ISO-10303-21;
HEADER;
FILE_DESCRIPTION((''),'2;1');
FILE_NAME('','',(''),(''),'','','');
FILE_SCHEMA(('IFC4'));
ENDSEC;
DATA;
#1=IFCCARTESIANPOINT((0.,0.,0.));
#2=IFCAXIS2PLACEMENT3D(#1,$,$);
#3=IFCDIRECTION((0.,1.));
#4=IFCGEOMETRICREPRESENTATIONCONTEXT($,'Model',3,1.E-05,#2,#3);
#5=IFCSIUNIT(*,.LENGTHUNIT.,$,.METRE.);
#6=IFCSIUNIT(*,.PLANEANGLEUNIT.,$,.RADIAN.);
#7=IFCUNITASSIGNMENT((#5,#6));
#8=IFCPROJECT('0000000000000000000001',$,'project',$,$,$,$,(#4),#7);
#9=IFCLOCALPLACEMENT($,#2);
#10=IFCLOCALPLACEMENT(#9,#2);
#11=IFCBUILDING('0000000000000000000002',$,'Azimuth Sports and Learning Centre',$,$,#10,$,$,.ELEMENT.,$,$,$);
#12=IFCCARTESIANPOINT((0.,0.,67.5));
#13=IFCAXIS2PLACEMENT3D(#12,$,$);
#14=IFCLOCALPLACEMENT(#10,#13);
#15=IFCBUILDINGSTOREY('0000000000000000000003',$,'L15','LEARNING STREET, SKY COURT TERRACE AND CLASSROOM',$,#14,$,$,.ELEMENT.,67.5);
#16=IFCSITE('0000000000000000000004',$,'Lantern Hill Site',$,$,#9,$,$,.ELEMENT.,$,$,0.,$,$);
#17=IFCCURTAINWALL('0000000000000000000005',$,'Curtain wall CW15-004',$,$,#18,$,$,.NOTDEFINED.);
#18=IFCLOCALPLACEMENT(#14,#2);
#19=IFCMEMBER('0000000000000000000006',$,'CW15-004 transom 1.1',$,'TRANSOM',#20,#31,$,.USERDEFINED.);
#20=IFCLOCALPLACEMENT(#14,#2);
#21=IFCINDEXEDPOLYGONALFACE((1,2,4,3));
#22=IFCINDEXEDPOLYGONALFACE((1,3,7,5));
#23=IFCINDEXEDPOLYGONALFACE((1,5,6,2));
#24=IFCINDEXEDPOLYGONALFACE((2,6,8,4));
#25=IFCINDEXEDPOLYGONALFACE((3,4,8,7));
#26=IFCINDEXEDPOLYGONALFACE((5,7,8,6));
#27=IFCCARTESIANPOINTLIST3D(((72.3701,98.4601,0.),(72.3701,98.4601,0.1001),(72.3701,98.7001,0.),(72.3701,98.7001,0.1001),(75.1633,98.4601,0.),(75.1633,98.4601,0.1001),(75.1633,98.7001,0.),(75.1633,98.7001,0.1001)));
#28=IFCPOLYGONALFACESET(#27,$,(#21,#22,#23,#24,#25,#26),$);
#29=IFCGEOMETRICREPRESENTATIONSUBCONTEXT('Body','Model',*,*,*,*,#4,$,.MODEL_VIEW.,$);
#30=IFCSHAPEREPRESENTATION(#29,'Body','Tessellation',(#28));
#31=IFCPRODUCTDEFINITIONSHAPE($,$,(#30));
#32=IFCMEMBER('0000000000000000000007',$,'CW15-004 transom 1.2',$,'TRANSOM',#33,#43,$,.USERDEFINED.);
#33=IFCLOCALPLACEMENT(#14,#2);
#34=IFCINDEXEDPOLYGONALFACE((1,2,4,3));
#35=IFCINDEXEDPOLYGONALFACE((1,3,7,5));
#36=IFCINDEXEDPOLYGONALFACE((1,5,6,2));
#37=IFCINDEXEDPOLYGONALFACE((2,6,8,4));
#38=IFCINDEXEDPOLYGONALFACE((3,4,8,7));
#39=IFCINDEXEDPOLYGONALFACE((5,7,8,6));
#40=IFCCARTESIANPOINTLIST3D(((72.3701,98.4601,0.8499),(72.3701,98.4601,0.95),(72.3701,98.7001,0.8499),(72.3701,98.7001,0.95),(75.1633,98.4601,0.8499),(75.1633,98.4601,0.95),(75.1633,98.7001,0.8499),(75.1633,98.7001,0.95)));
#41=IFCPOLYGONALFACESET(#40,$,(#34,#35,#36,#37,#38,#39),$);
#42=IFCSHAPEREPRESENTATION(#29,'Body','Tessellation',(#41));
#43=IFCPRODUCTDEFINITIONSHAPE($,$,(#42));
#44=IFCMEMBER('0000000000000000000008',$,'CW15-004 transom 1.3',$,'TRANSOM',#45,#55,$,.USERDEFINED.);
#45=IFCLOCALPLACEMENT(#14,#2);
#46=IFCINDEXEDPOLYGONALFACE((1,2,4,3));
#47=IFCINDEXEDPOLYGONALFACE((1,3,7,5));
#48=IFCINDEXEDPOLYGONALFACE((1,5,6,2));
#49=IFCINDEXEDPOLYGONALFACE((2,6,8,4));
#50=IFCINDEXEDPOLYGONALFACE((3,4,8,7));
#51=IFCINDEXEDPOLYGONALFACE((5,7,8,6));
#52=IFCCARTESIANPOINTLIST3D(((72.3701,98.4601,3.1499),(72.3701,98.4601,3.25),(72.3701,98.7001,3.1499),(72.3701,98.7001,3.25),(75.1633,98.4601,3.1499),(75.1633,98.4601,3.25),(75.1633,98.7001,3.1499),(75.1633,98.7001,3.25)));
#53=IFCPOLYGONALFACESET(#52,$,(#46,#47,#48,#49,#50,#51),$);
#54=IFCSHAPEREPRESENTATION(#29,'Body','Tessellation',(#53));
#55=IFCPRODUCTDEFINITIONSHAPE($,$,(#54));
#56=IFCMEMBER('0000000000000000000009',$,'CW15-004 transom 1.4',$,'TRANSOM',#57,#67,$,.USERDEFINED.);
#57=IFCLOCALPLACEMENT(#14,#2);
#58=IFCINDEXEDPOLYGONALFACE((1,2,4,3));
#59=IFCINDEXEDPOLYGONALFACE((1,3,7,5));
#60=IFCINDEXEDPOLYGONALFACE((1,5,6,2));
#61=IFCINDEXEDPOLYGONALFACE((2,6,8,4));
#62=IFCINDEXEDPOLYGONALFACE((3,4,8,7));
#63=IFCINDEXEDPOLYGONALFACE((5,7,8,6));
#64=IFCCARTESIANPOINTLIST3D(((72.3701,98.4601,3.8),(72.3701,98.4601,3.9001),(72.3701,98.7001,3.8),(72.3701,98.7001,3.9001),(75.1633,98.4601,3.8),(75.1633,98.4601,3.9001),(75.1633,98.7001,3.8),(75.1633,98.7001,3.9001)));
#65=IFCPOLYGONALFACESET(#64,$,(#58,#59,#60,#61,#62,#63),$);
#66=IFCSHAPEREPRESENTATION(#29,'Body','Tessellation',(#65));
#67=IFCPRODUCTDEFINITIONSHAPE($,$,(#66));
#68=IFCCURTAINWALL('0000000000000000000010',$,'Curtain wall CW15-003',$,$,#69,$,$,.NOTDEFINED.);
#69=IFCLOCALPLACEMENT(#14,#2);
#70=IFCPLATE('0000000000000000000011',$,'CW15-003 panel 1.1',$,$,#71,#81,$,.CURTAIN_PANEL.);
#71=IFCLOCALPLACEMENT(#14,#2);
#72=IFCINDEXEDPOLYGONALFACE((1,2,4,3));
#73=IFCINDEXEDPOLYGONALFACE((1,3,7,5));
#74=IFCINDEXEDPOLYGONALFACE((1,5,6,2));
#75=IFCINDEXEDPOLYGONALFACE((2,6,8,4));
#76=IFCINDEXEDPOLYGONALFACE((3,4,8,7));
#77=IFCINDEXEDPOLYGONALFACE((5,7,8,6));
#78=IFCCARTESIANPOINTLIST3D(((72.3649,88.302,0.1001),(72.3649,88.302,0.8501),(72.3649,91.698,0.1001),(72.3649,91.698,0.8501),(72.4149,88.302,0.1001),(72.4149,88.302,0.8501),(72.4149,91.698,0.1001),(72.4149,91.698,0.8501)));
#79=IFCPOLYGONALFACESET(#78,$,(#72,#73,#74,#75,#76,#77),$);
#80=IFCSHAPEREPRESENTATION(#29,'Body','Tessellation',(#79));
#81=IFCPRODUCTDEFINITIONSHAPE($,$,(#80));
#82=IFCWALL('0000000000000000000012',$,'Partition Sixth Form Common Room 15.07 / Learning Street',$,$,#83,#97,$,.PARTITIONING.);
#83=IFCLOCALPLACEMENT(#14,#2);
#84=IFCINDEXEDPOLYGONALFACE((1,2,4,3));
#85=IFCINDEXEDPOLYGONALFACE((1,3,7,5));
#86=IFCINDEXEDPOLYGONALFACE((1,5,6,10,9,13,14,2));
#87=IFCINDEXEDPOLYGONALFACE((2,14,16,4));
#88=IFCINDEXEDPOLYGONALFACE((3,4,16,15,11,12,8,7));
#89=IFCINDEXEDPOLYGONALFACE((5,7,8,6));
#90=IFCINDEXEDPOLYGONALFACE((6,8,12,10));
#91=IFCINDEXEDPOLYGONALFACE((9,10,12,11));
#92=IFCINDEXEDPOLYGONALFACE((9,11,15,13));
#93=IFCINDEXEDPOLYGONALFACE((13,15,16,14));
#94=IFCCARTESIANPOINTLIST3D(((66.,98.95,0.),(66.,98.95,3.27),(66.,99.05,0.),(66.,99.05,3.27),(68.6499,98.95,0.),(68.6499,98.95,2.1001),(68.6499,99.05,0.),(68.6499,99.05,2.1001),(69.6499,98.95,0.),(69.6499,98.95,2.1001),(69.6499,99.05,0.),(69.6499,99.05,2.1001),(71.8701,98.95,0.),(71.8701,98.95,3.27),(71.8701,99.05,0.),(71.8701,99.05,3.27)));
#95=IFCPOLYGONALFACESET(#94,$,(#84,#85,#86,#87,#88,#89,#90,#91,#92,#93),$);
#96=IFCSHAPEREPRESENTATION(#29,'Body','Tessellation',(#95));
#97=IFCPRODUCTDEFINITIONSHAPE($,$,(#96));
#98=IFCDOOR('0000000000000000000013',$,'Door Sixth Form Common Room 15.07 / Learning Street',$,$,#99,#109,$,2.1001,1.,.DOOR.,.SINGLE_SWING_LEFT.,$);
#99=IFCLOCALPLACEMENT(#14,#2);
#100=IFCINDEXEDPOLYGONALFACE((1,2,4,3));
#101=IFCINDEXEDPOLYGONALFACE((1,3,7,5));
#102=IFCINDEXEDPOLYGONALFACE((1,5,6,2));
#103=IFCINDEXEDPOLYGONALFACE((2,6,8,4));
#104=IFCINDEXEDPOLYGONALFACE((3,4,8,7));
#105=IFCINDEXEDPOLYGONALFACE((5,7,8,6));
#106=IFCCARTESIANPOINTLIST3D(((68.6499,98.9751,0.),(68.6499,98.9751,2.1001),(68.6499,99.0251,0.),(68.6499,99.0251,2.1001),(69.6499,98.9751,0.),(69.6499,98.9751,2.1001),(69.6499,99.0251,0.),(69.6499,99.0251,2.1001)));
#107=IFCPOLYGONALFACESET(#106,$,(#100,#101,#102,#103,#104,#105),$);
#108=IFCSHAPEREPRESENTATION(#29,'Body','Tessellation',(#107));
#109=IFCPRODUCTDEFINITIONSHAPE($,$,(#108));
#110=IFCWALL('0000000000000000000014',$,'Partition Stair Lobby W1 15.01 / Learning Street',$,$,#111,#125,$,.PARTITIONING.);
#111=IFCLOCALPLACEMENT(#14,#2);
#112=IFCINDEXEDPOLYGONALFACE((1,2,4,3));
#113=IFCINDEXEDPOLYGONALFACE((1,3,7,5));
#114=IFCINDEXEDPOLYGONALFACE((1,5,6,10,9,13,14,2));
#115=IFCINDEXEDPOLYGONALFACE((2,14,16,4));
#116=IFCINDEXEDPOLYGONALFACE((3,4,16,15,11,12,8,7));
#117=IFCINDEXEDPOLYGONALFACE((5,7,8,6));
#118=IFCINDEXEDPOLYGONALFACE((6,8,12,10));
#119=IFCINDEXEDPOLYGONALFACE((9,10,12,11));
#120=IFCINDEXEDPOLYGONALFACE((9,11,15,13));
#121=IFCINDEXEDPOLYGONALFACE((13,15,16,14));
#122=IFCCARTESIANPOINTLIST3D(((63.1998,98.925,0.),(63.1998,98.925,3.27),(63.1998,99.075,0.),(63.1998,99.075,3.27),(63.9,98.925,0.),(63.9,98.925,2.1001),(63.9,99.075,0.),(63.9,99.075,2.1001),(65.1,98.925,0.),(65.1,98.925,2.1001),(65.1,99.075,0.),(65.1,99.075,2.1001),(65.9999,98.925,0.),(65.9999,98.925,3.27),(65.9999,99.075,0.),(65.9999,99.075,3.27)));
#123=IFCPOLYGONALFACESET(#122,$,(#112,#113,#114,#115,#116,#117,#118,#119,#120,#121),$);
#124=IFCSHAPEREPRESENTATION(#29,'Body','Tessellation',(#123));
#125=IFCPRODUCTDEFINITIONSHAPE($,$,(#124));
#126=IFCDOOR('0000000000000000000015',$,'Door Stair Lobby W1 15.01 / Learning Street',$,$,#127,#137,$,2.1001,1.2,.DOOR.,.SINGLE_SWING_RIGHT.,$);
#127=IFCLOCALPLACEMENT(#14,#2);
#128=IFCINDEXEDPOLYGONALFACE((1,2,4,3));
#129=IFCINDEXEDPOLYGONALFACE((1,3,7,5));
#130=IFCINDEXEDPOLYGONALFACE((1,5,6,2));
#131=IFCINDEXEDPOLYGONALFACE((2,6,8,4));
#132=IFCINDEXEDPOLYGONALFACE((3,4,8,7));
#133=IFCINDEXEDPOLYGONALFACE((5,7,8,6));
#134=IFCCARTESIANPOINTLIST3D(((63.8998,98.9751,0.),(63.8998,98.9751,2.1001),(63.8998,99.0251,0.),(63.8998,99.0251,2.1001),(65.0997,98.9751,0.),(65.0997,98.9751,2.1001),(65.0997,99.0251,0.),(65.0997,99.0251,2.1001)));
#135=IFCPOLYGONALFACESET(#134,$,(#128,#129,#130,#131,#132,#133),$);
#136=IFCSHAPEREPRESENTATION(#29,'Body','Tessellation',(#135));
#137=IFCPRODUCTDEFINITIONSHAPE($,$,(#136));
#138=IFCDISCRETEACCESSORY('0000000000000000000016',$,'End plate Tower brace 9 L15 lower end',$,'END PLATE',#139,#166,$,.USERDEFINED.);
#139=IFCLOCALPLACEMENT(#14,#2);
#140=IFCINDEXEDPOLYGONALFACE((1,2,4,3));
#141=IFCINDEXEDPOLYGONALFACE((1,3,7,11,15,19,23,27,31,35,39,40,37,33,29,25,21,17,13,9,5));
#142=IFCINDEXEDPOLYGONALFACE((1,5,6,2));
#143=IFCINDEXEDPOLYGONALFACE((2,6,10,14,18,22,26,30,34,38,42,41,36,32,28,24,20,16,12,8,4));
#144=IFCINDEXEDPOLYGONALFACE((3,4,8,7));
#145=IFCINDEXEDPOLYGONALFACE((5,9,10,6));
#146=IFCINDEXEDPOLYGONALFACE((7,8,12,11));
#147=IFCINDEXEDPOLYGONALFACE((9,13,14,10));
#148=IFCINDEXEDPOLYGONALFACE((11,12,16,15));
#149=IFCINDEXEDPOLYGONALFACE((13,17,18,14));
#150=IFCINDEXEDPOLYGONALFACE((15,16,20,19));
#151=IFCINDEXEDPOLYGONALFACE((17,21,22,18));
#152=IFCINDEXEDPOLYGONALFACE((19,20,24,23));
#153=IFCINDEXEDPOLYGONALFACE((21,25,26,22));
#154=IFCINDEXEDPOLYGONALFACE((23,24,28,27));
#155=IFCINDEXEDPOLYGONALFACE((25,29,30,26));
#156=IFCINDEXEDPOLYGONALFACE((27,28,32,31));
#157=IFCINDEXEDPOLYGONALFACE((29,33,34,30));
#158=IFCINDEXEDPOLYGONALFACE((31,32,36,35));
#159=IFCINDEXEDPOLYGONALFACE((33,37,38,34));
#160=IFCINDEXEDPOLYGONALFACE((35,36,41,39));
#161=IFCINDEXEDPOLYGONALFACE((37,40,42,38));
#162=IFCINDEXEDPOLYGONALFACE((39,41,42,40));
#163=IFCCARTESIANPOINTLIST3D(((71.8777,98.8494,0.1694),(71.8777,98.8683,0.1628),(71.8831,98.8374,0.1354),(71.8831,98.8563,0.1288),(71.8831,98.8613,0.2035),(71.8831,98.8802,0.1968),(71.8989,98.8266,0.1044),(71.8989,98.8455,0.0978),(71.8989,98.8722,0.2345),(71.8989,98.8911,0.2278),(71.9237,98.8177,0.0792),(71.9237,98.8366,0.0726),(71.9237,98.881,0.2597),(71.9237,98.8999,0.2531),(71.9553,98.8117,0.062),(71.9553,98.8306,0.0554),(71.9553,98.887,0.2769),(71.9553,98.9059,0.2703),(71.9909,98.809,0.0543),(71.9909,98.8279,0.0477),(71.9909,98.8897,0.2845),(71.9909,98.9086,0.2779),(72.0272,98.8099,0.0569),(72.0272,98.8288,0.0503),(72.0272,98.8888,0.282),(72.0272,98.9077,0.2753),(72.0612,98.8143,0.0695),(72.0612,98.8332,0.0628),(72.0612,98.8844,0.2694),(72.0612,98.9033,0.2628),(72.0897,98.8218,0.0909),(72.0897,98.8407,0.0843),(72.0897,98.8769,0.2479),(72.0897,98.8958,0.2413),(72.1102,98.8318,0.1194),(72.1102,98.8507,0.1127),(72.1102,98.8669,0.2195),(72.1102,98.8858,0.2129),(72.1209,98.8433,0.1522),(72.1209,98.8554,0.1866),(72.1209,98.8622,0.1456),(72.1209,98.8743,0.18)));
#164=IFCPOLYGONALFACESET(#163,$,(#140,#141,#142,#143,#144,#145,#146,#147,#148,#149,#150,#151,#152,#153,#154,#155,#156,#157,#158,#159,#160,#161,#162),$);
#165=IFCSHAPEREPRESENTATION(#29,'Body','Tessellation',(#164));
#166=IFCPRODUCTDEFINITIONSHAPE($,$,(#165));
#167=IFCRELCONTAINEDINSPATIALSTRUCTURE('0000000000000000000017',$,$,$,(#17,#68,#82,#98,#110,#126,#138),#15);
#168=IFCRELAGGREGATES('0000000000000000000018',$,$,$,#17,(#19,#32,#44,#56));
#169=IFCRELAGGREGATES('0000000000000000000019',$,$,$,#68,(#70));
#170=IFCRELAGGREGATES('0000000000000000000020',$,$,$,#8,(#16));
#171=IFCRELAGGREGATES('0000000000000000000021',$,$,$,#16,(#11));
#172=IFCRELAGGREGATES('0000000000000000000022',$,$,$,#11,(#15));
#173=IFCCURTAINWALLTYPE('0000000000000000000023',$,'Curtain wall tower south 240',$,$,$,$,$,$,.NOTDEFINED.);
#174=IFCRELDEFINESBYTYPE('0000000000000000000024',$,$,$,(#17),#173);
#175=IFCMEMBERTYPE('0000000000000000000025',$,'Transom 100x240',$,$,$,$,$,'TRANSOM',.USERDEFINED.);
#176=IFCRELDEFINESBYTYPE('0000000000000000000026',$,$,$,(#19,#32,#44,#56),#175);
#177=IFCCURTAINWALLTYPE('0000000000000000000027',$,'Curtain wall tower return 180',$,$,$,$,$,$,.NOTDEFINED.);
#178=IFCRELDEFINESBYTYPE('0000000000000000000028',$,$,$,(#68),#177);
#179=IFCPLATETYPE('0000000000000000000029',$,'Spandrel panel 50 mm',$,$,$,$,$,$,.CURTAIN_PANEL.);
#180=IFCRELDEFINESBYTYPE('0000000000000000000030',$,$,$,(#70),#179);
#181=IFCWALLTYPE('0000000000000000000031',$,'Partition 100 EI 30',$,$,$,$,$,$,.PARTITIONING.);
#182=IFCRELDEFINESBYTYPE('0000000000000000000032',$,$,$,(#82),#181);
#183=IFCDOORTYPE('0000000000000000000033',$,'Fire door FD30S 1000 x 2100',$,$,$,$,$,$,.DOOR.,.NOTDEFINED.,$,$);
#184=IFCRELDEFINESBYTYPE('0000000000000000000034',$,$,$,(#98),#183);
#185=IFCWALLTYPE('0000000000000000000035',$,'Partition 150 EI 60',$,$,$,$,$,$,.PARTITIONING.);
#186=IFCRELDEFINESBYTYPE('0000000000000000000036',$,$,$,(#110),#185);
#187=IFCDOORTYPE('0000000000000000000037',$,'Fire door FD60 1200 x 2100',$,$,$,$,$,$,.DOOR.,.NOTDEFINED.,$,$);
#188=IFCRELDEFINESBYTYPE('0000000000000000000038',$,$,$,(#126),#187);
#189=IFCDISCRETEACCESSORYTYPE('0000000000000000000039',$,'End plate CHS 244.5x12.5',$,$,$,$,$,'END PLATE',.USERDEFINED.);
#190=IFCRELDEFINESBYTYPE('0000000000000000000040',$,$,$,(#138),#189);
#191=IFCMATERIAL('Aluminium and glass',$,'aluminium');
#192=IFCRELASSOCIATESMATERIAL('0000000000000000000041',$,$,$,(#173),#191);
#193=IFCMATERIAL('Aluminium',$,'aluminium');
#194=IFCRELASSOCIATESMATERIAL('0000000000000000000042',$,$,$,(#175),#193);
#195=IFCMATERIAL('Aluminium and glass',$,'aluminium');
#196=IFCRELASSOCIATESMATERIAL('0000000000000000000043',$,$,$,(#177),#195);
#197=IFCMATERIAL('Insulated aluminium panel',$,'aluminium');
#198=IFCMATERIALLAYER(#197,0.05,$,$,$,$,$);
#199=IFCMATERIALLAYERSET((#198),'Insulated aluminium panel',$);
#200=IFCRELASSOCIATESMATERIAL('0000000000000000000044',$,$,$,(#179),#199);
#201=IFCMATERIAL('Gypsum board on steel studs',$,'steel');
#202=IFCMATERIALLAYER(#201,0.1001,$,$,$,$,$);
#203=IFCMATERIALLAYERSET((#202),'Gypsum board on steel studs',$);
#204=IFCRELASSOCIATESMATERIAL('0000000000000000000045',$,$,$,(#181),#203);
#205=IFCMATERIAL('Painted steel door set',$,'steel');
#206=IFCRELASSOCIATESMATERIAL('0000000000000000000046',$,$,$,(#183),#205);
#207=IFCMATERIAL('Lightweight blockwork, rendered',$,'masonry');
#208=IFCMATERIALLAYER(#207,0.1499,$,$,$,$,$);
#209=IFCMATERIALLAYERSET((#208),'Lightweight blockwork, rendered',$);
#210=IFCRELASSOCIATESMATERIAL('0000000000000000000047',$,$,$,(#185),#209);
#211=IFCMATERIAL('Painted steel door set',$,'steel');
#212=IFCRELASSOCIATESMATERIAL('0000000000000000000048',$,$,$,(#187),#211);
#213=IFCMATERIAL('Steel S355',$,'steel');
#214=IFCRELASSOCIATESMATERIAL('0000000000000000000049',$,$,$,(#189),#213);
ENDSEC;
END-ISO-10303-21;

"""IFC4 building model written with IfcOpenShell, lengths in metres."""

from ifc_helpers import new_model, si_unit, direction, frame, frame_2d, origin, origin_2d, place, context, subcontext, project, spatial, rectangle, circle, extrude, material, layer, layer_set, material_profile, profile_set, type_object, element, fill, aggregate, save


model = new_model("IFC4")

# Units and contexts
model_context = context("Model", 3, precision=1e-05, world=origin(), true_north=direction((0.0, 1.0)))
body_context = subcontext(model_context, "Body", "Model", "MODEL_VIEW")
ifc_project = project(units=[si_unit("LENGTHUNIT", "METRE"), si_unit("PLANEANGLEUNIT", "RADIAN")], contexts=[model_context])

# Site, building, storey
site_placement = place(None, origin())
site = spatial("IfcSite", under=ifc_project, at=site_placement, Name="Lantern Hill Site", CompositionType="ELEMENT", RefElevation=0.0)
building_placement = place(site_placement, origin())
building = spatial("IfcBuilding", under=site, at=building_placement, Name="Azimuth Sports and Learning Centre", CompositionType="ELEMENT")
storey_placement = place(building_placement, frame((0.0, 0.0, 67.5)))
storey = spatial("IfcBuildingStorey", under=building, at=storey_placement, Name="L15", Description="LEARNING STREET, SKY COURT TERRACE AND CLASSROOM", CompositionType="ELEMENT", Elevation=67.5)

# Curtain wall, members
ifc_material_1 = material(Name="Aluminium and glass", Category="aluminium")
curtain_wall_type_1 = type_object("IfcCurtainWallType", Name="Curtain wall tower south 240", PredefinedType="NOTDEFINED", material=ifc_material_1)
curtain_wall_1_placement = place(storey_placement, origin())
curtain_wall_1 = element("IfcCurtainWall", 1, at=curtain_wall_1_placement, inside=storey, type_object=curtain_wall_type_1, Name="Curtain wall CW15-004", PredefinedType="NOTDEFINED")
ifc_material_2 = material(Name="Aluminium", Category="aluminium")
ifc_material_profile_1 = material_profile(ifc_material_2, rectangle(XDim=0.24, YDim=0.1001, at=origin_2d()), Name="Transom 100x240")
ifc_profile_set_1 = profile_set([ifc_material_profile_1], Name="Aluminium")
member_type_1 = type_object("IfcMemberType", Name="Transom 100x240", ElementType="TRANSOM", PredefinedType="USERDEFINED", material=ifc_profile_set_1)
member_1_placement = place(storey_placement, frame((72.3701, 98.5801, 0.05), z_axis=(1.0, 0.0, 0.0), x_axis=(0.0, 1.0, 0.0)))
member_1 = element("IfcMember", 2, at=member_1_placement, type_object=member_type_1, Name="CW15-004 transom 1.1", ObjectType="TRANSOM", PredefinedType="USERDEFINED", context=body_context, shape_type="SweptSolid", body=[
    extrude(rectangle(XDim=0.24, YDim=0.1001, at=origin_2d()), origin(), (0.0, 0.0, 1.0), 2.7932),
])
member_2_placement = place(storey_placement, frame((72.3701, 98.5801, 0.8999), z_axis=(1.0, 0.0, 0.0), x_axis=(0.0, 1.0, 0.0)))
member_2 = element("IfcMember", 3, at=member_2_placement, type_object=member_type_1, Name="CW15-004 transom 1.2", ObjectType="TRANSOM", PredefinedType="USERDEFINED", context=body_context, shape_type="SweptSolid", body=[
    extrude(rectangle(XDim=0.24, YDim=0.1001, at=origin_2d()), origin(), (0.0, 0.0, 1.0), 2.7932),
])
member_3_placement = place(storey_placement, frame((72.3701, 98.5801, 3.2), z_axis=(1.0, 0.0, 0.0), x_axis=(0.0, 1.0, 0.0)))
member_3 = element("IfcMember", 4, at=member_3_placement, type_object=member_type_1, Name="CW15-004 transom 1.3", ObjectType="TRANSOM", PredefinedType="USERDEFINED", context=body_context, shape_type="SweptSolid", body=[
    extrude(rectangle(XDim=0.24, YDim=0.1001, at=origin_2d()), origin(), (0.0, 0.0, 1.0), 2.7932),
])
member_4_placement = place(storey_placement, frame((72.3701, 98.5801, 3.8501), z_axis=(1.0, 0.0, 0.0), x_axis=(0.0, 1.0, 0.0)))
member_4 = element("IfcMember", 5, at=member_4_placement, type_object=member_type_1, Name="CW15-004 transom 1.4", ObjectType="TRANSOM", PredefinedType="USERDEFINED", context=body_context, shape_type="SweptSolid", body=[
    extrude(rectangle(XDim=0.24, YDim=0.1001, at=origin_2d()), origin(), (0.0, 0.0, 1.0), 2.7932),
])
aggregate(curtain_wall_1, [member_1, member_2, member_3, member_4])

# Curtain wall, plate
ifc_material_3 = material(Name="Aluminium and glass", Category="aluminium")
curtain_wall_type_2 = type_object("IfcCurtainWallType", Name="Curtain wall tower return 180", PredefinedType="NOTDEFINED", material=ifc_material_3)
curtain_wall_2_placement = place(storey_placement, origin())
curtain_wall_2 = element("IfcCurtainWall", 6, at=curtain_wall_2_placement, inside=storey, type_object=curtain_wall_type_2, Name="Curtain wall CW15-003", PredefinedType="NOTDEFINED")
ifc_material_4 = material(Name="Insulated aluminium panel", Category="aluminium")
ifc_layer_1 = layer(ifc_material_4, 0.05)
ifc_layer_set_1 = layer_set([ifc_layer_1], Name="Insulated aluminium panel")
plate_type = type_object("IfcPlateType", Name="Spandrel panel 50 mm", PredefinedType="CURTAIN_PANEL", material=ifc_layer_set_1)
plate_placement = place(storey_placement, frame((72.3899, 90.0, 0.1001), z_axis=(0.0, 0.0, 1.0), x_axis=(0.0, 1.0, 0.0)))
plate = element("IfcPlate", 7, at=plate_placement, type_object=plate_type, Name="CW15-003 panel 1.1", PredefinedType="CURTAIN_PANEL", context=body_context, shape_type="SweptSolid", body=[
    extrude(rectangle(XDim=3.396, YDim=0.05, at=origin_2d()), origin(), (0.0, 0.0, 1.0), 0.75),
])
aggregate(curtain_wall_2, [plate])

# Walls, openings, doors
ifc_material_5 = material(Name="Gypsum board on steel studs", Category="steel")
ifc_layer_2 = layer(ifc_material_5, 0.1001)
ifc_layer_set_2 = layer_set([ifc_layer_2], Name="Gypsum board on steel studs")
wall_type_1 = type_object("IfcWallType", Name="Partition 100 EI 30", PredefinedType="PARTITIONING", material=ifc_layer_set_2)
wall_1_placement = place(storey_placement, frame((66.0, 99.0, 0.0), z_axis=(0.0, 0.0, 1.0), x_axis=(1.0, 0.0, 0.0)))
wall_1 = element("IfcWall", 8, at=wall_1_placement, inside=storey, type_object=wall_type_1, Name="Partition Sixth Form Common Room 15.07 / Learning Street", PredefinedType="PARTITIONING", context=body_context, shape_type="SweptSolid", body=[
    extrude(rectangle(XDim=5.8701, YDim=0.1001, at=frame_2d((2.9351, 0.0))), origin(), (0.0, 0.0, 1.0), 3.27),
])
opening_1_placement = place(wall_1_placement, frame((2.6499, 0.0, 0.0)))
opening_1 = element("IfcOpeningElement", 9, at=opening_1_placement, cuts=wall_1, PredefinedType="OPENING", context=body_context, shape_type="SweptSolid", body=[
    extrude(rectangle(XDim=1.0, YDim=2.1001, at=frame_2d((0.5, 1.05))), frame((0.0, 0.061, 0.0), z_axis=(0.0, -1.0, 0.0), x_axis=(1.0, 0.0, 0.0)), (0.0, 0.0, 1.0), 0.1221),
])
ifc_material_6 = material(Name="Painted steel door set", Category="steel")
door_type_1 = type_object("IfcDoorType", Name="Fire door FD30S 1000 x 2100", OperationType="NOTDEFINED", PredefinedType="DOOR", material=ifc_material_6)
door_1_placement = place(opening_1_placement, frame((1.0, 0.0, 0.0), z_axis=(0.0, 0.0, 1.0), x_axis=(-1.0, 0.0, 0.0)))
door_1 = element("IfcDoor", 10, at=door_1_placement, inside=storey, type_object=door_type_1, Name="Door Sixth Form Common Room 15.07 / Learning Street", OperationType="SINGLE_SWING_LEFT", OverallHeight=2.1001, OverallWidth=1.0, PredefinedType="DOOR", context=body_context, shape_type="SweptSolid", body=[
    extrude(rectangle(XDim=1.0, YDim=2.1001, at=frame_2d((0.5, 1.05))), frame((0.0, 0.0249, 0.0), z_axis=(0.0, -1.0, 0.0), x_axis=(1.0, 0.0, 0.0)), (0.0, 0.0, 1.0), 0.05),
])
fill(opening_1, door_1)
ifc_material_7 = material(Name="Lightweight blockwork, rendered", Category="masonry")
ifc_layer_3 = layer(ifc_material_7, 0.1499)
ifc_layer_set_3 = layer_set([ifc_layer_3], Name="Lightweight blockwork, rendered")
wall_type_2 = type_object("IfcWallType", Name="Partition 150 EI 60", PredefinedType="PARTITIONING", material=ifc_layer_set_3)
wall_2_placement = place(storey_placement, frame((63.2, 99.0, 0.0), z_axis=(0.0, 0.0, 1.0), x_axis=(1.0, 0.0, 0.0)))
wall_2 = element("IfcWall", 11, at=wall_2_placement, inside=storey, type_object=wall_type_2, Name="Partition Stair Lobby W1 15.01 / Learning Street", PredefinedType="PARTITIONING", context=body_context, shape_type="SweptSolid", body=[
    extrude(rectangle(XDim=2.8, YDim=0.1499, at=frame_2d((1.3999, 0.0))), origin(), (0.0, 0.0, 1.0), 3.27),
])
opening_2_placement = place(wall_2_placement, frame((0.7, 0.0, 0.0)))
opening_2 = element("IfcOpeningElement", 12, at=opening_2_placement, cuts=wall_2, PredefinedType="OPENING", context=body_context, shape_type="SweptSolid", body=[
    extrude(rectangle(XDim=1.2, YDim=2.1001, at=frame_2d((0.6001, 1.05))), frame((0.0, 0.0859, 0.0), z_axis=(0.0, -1.0, 0.0), x_axis=(1.0, 0.0, 0.0)), (0.0, 0.0, 1.0), 0.1719),
])
ifc_material_8 = material(Name="Painted steel door set", Category="steel")
door_type_2 = type_object("IfcDoorType", Name="Fire door FD60 1200 x 2100", OperationType="NOTDEFINED", PredefinedType="DOOR", material=ifc_material_8)
door_2_placement = place(opening_2_placement, frame((1.2, 0.0, 0.0), z_axis=(0.0, 0.0, 1.0), x_axis=(-1.0, 0.0, 0.0)))
door_2 = element("IfcDoor", 13, at=door_2_placement, inside=storey, type_object=door_type_2, Name="Door Stair Lobby W1 15.01 / Learning Street", OperationType="SINGLE_SWING_RIGHT", OverallHeight=2.1001, OverallWidth=1.2, PredefinedType="DOOR", context=body_context, shape_type="SweptSolid", body=[
    extrude(rectangle(XDim=1.2, YDim=2.1001, at=frame_2d((0.6001, 1.05))), frame((0.0, 0.0249, 0.0), z_axis=(0.0, -1.0, 0.0), x_axis=(1.0, 0.0, 0.0)), (0.0, 0.0, 1.0), 0.05),
])
fill(opening_2, door_2)

# Discrete accessory
ifc_material_9 = material(Name="Steel S355", Category="steel")
ifc_material_profile_2 = material_profile(ifc_material_9, circle(Radius=0.1223, at=origin_2d()), Name="PL 244 DISC")
ifc_profile_set_2 = profile_set([ifc_material_profile_2], Name="Steel S355")
discrete_accessory_type = type_object("IfcDiscreteAccessoryType", Name="End plate CHS 244.5x12.5", ElementType="END PLATE", PredefinedType="USERDEFINED", material=ifc_profile_set_2)
for number, where, z_axis, x_axis, name in (
    (14, (72.0, 98.8494, 0.1694), (0.0, 0.943667, -0.330896), (-1.0, 0.0, 0.0), "End plate Tower brace 9 L15 lower end"),
):
    element("IfcDiscreteAccessory", number, at=place(storey_placement, frame(where, z_axis=z_axis, x_axis=x_axis)), inside=storey, type_object=discrete_accessory_type, Name=name, ObjectType="END PLATE", PredefinedType="USERDEFINED", context=body_context, shape_type="SweptSolid", body=[
        extrude(circle(Radius=0.1223, at=origin_2d()), origin(), (0.0, 0.0, 1.0), 0.02),
    ])

save(model, "model.ifc")
